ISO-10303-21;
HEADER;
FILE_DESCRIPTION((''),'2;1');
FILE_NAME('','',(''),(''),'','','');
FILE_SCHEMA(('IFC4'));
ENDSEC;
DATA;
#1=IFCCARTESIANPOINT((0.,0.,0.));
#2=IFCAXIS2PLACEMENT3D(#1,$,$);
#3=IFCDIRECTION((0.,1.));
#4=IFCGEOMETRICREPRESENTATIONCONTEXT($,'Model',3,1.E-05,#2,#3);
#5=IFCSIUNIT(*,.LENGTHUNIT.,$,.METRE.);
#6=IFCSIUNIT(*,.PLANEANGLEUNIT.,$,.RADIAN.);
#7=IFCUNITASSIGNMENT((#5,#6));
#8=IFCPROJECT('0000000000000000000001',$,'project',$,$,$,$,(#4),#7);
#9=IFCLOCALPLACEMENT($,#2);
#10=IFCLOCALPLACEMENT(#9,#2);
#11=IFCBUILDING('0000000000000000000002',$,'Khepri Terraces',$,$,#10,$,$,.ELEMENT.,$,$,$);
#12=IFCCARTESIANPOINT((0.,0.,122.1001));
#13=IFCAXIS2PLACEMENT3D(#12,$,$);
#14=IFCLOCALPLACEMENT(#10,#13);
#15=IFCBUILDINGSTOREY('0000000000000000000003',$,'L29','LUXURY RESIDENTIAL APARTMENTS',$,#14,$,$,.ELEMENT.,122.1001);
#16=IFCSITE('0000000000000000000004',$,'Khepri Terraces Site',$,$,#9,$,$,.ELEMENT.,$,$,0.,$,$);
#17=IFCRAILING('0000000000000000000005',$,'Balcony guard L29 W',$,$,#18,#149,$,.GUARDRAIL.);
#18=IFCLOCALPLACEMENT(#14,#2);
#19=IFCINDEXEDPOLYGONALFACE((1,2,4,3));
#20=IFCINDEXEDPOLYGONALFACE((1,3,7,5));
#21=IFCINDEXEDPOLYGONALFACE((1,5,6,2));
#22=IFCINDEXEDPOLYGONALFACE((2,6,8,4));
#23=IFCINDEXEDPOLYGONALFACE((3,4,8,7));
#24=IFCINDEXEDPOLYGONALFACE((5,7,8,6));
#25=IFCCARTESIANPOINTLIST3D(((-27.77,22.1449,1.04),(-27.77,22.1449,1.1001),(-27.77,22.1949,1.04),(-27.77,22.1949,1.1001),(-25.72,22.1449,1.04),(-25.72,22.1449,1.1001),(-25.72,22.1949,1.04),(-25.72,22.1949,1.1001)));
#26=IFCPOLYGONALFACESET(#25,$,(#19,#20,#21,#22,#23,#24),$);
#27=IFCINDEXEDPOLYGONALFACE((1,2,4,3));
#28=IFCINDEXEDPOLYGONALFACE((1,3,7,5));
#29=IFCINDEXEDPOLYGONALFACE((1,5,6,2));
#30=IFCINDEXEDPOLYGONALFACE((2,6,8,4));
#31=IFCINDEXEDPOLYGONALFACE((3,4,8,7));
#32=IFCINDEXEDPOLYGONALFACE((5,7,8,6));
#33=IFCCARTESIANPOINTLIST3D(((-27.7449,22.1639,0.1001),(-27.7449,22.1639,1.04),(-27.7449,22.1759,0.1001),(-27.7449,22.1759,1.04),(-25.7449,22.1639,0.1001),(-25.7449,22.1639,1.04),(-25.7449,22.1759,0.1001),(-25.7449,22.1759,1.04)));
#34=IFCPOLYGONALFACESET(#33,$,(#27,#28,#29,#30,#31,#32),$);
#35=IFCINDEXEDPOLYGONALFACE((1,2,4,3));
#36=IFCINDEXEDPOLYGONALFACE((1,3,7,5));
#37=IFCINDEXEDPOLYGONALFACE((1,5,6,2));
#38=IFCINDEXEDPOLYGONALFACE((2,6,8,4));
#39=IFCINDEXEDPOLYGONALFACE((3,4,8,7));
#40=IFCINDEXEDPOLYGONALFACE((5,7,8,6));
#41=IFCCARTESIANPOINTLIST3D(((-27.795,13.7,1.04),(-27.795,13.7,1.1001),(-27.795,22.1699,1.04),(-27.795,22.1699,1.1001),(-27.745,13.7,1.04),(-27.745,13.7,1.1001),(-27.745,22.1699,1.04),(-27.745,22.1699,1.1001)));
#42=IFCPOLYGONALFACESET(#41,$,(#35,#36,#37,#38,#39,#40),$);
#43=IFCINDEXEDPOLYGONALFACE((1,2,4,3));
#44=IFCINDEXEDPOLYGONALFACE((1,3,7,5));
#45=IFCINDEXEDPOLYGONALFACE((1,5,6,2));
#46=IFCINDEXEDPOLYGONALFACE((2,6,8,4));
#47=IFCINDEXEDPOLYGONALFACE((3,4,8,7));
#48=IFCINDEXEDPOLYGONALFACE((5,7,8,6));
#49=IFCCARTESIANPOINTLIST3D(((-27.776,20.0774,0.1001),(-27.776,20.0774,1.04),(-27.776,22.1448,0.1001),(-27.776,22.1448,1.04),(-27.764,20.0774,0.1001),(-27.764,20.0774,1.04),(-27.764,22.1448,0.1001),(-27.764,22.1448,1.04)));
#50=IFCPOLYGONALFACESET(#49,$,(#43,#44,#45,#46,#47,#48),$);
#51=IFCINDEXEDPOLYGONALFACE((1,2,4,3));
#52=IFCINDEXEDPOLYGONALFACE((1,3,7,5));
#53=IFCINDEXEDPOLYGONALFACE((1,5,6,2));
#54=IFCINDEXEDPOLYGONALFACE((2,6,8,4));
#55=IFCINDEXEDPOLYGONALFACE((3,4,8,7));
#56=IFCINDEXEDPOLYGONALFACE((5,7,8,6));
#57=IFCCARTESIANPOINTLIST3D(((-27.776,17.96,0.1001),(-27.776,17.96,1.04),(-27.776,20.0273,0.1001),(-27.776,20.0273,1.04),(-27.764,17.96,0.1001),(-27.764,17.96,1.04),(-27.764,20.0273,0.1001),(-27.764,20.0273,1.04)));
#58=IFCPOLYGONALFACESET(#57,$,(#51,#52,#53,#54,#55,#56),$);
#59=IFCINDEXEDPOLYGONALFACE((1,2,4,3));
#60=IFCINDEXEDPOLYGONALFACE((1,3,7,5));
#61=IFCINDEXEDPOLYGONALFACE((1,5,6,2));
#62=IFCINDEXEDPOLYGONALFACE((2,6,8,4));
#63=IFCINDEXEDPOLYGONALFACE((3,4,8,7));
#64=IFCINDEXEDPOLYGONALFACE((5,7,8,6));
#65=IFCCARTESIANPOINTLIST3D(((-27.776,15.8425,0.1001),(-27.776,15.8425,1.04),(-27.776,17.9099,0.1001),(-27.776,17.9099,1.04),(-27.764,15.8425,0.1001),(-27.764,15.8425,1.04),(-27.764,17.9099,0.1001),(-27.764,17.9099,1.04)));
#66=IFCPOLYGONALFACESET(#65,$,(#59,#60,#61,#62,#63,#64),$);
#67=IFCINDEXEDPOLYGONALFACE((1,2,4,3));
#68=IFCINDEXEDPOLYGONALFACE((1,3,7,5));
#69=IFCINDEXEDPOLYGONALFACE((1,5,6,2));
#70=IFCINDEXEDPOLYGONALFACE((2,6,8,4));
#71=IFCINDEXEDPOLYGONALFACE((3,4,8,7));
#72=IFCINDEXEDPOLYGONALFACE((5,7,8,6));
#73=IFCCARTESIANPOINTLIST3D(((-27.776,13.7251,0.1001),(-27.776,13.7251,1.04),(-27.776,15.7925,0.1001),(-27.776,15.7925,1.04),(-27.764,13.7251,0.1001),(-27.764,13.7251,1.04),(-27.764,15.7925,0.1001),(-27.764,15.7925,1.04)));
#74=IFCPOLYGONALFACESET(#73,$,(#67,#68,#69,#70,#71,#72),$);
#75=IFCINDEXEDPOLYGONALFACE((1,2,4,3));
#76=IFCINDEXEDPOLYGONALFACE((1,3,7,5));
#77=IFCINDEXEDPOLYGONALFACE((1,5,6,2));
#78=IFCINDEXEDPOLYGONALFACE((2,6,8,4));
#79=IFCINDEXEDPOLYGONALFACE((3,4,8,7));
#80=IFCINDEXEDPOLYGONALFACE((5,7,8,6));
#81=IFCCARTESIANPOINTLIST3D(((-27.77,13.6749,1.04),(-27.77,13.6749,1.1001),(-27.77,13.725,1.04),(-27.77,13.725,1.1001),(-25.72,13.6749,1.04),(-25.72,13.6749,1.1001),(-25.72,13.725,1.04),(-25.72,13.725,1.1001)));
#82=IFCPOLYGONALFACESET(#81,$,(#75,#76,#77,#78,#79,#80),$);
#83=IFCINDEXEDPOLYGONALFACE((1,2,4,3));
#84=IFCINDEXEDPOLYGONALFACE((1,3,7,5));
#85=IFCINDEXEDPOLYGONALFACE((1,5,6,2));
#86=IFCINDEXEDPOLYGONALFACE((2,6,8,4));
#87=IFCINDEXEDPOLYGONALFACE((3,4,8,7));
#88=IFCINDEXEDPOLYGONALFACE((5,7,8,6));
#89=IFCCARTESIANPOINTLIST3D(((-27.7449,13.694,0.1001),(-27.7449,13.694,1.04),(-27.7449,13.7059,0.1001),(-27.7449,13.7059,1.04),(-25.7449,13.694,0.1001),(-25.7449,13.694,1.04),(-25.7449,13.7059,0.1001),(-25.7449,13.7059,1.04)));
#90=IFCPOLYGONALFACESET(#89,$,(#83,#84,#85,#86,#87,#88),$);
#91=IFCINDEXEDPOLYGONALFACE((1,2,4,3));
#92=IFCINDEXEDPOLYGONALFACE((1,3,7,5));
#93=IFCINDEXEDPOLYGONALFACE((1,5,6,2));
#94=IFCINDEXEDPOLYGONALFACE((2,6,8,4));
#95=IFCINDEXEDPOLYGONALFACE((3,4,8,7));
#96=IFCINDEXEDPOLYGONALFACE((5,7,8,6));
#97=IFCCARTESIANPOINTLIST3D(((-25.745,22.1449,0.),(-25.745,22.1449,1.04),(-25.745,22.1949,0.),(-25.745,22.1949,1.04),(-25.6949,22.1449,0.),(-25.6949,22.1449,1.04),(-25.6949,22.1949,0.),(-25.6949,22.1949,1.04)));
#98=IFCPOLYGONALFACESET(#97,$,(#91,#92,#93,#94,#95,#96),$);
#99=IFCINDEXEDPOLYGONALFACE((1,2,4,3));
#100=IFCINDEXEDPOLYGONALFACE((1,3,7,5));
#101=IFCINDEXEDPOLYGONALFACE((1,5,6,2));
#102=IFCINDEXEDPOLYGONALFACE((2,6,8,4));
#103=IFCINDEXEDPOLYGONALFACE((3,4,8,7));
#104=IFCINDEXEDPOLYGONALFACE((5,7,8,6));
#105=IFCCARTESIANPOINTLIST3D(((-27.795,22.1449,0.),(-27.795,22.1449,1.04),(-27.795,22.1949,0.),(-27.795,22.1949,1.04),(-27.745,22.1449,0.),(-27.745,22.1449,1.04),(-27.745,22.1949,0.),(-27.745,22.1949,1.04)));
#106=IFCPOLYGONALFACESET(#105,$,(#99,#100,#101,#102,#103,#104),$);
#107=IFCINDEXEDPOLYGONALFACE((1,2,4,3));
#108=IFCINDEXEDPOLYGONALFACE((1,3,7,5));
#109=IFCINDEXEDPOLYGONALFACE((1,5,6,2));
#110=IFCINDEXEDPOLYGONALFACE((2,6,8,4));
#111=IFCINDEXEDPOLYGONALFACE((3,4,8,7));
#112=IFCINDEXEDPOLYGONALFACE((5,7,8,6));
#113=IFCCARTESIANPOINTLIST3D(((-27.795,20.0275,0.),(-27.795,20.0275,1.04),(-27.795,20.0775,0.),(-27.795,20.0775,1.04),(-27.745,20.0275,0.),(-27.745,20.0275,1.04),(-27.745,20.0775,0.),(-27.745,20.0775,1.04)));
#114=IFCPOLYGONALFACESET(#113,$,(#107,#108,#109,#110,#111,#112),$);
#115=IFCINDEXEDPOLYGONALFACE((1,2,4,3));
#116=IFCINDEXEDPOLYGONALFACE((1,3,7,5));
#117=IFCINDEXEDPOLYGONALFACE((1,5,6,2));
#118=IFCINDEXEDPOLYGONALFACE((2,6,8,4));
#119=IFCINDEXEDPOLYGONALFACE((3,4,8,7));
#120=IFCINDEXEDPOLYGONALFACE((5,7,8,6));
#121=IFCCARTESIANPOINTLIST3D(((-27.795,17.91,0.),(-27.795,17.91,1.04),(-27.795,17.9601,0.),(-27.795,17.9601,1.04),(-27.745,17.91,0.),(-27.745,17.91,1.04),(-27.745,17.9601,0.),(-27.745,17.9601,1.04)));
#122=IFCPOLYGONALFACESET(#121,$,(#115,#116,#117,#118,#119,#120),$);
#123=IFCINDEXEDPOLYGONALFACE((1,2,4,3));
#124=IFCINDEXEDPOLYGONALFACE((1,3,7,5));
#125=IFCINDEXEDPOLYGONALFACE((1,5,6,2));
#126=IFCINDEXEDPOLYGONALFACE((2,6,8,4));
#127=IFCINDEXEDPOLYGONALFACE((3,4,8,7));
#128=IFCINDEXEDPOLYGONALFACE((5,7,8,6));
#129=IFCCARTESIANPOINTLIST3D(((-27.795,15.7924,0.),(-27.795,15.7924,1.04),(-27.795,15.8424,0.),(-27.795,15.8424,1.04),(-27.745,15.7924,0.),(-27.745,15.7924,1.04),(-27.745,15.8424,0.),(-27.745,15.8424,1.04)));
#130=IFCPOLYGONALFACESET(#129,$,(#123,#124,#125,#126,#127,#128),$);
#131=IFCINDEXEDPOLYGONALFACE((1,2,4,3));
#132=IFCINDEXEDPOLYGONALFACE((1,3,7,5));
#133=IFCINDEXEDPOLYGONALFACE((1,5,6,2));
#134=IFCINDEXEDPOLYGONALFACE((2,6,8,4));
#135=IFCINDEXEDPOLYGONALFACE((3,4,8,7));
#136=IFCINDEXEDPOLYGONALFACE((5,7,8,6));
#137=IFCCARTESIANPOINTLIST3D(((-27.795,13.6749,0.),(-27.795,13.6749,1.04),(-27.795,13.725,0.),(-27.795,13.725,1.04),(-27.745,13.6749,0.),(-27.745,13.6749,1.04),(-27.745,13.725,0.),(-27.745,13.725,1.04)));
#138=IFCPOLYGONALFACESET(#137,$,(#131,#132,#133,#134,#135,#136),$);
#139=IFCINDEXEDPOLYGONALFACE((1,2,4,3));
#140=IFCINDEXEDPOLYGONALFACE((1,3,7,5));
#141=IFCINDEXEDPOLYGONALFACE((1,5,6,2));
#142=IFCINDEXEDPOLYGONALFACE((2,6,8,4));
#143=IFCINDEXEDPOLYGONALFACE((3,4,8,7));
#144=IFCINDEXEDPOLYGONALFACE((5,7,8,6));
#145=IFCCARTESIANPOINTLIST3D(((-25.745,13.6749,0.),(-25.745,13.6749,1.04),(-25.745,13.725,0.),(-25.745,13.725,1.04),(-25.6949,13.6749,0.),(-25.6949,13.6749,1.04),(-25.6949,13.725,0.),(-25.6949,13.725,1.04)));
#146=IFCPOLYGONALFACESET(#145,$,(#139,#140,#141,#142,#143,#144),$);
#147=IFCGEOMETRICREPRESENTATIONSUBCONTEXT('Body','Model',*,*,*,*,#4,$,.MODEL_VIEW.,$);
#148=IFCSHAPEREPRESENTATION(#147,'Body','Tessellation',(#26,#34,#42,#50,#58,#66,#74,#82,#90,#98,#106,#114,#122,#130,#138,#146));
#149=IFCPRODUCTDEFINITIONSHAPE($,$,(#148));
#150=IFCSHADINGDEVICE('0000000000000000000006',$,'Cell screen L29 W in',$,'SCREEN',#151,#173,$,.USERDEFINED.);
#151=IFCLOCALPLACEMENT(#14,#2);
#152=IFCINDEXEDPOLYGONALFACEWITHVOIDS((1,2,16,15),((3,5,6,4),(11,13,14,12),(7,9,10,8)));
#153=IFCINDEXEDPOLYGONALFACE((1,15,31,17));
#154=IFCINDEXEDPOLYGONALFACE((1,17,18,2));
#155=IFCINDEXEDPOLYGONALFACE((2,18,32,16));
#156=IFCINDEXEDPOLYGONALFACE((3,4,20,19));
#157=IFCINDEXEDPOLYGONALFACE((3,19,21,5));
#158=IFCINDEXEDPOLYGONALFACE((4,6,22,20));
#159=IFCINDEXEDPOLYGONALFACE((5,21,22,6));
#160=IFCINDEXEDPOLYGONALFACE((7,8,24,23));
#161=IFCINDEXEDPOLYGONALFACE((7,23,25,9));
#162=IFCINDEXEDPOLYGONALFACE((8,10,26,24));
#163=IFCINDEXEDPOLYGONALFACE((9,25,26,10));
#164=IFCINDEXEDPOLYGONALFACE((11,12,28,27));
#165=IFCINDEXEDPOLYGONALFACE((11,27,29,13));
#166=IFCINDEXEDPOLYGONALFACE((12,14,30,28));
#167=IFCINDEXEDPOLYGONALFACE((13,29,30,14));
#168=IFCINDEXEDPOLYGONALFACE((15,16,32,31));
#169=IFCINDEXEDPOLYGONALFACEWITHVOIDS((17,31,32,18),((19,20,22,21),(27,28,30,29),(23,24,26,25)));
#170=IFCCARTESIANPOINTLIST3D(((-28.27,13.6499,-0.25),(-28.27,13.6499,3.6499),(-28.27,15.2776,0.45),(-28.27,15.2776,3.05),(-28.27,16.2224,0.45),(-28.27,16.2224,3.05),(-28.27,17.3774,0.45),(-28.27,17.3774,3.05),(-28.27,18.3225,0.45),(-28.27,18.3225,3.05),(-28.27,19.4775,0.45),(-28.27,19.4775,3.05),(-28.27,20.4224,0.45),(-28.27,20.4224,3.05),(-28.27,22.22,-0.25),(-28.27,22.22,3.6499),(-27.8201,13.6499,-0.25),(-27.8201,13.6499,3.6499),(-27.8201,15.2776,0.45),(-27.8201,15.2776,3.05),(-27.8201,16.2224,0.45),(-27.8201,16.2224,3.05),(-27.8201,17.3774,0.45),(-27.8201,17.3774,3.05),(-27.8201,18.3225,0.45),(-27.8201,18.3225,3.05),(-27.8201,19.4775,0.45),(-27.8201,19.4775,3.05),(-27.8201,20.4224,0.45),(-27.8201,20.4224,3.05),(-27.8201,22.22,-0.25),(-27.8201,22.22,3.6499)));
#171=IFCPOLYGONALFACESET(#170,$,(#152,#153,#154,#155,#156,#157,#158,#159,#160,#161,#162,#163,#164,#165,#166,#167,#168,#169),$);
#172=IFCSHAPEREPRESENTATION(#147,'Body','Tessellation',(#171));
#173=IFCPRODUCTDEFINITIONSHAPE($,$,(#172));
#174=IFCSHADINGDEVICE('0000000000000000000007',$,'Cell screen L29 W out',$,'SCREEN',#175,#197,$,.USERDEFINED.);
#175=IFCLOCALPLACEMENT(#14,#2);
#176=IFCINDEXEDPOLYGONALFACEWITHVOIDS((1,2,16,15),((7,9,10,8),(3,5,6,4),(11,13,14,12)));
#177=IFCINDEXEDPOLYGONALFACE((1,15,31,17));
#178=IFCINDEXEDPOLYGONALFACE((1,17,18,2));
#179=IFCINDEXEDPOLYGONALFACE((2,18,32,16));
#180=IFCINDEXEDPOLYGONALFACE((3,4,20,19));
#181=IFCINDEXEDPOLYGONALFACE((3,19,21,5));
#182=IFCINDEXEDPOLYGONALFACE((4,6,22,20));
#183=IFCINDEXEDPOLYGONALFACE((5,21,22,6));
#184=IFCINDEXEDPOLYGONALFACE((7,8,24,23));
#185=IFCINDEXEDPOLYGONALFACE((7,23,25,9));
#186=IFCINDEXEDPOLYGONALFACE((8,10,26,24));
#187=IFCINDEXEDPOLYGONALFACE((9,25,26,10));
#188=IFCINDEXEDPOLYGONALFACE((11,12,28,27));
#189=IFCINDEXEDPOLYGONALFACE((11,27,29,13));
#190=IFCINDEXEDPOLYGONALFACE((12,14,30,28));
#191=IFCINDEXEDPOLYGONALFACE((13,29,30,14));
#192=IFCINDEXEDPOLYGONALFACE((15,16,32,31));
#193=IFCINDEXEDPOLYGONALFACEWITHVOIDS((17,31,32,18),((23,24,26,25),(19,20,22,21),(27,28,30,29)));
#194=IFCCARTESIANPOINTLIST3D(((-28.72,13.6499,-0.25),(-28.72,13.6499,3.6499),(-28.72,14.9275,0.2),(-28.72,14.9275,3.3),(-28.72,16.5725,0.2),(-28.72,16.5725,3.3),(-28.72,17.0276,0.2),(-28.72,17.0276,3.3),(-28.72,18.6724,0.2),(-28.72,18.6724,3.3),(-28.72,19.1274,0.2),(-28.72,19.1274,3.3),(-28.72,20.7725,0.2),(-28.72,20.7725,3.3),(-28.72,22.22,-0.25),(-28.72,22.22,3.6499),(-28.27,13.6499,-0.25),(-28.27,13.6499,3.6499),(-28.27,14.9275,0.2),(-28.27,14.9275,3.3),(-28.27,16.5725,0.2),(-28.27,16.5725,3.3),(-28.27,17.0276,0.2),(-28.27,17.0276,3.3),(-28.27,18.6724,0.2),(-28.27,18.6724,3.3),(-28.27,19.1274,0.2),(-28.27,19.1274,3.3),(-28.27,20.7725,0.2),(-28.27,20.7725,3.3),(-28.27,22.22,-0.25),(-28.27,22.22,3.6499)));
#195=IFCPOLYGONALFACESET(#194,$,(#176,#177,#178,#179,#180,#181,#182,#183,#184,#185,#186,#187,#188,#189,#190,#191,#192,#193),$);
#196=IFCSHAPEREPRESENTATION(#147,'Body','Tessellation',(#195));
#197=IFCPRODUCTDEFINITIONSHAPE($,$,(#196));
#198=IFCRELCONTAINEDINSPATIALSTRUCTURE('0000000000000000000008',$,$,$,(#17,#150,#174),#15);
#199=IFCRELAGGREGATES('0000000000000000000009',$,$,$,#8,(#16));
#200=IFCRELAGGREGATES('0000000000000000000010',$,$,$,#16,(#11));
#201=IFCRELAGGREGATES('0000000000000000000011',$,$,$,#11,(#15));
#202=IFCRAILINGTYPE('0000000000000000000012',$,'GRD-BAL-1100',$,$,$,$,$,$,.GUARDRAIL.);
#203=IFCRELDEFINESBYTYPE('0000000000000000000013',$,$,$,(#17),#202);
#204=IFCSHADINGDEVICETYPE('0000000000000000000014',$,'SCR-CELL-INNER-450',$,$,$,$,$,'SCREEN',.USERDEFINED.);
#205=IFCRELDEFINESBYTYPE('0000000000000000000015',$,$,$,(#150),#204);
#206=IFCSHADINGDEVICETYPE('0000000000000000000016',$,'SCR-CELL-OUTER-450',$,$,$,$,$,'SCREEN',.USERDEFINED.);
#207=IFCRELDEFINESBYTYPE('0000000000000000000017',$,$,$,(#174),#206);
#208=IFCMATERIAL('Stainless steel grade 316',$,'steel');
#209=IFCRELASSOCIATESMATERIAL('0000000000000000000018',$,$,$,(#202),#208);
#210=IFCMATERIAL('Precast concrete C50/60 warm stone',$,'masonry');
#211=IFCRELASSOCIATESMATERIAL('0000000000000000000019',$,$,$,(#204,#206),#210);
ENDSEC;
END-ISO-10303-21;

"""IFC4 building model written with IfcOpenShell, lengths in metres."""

from ifc_helpers import new_model, si_unit, direction, frame, origin, origin_2d, place, context, subcontext, project, spatial, polyline, rectangle, outline, extrude, material, type_object, element, save


model = new_model("IFC4")

# Units and contexts
model_context = context("Model", 3, precision=1e-05, world=origin(), true_north=direction((0.0, 1.0)))
body_context = subcontext(model_context, "Body", "Model", "MODEL_VIEW")
ifc_project = project(units=[si_unit("LENGTHUNIT", "METRE"), si_unit("PLANEANGLEUNIT", "RADIAN")], contexts=[model_context])

# Site, building, storey
site_placement = place(None, origin())
site = spatial("IfcSite", under=ifc_project, at=site_placement, Name="Khepri Terraces Site", CompositionType="ELEMENT", RefElevation=0.0)
building_placement = place(site_placement, origin())
building = spatial("IfcBuilding", under=site, at=building_placement, Name="Khepri Terraces", CompositionType="ELEMENT")
storey_placement = place(building_placement, frame((0.0, 0.0, 122.1001)))
storey = spatial("IfcBuildingStorey", under=building, at=storey_placement, Name="L29", Description="LUXURY RESIDENTIAL APARTMENTS", CompositionType="ELEMENT", Elevation=122.1001)

# Shared definitions
ifc_material_1 = material(Name="Precast concrete C50/60 warm stone", Category="masonry")

# Railing
ifc_material_2 = material(Name="Stainless steel grade 316", Category="steel")
railing_type = type_object("IfcRailingType", Name="GRD-BAL-1100", PredefinedType="GUARDRAIL", material=ifc_material_2)
railing_placement = place(storey_placement, frame((-25.72, 22.1699, 0.0)))
element("IfcRailing", 1, at=railing_placement, inside=storey, type_object=railing_type, Name="Balcony guard L29 W", PredefinedType="GUARDRAIL", context=body_context, shape_type="SweptSolid", body=[
    extrude(rectangle(XDim=0.05, YDim=0.0601, at=origin_2d()), frame((0.0, 0.0, 1.0701), z_axis=(-1.0, 0.0, 0.0), x_axis=(0.0, -1.0, 0.0)), (0.0, 0.0, 1.0), 2.05),
    extrude(rectangle(XDim=2.0, YDim=0.012, at=origin_2d()), frame((-1.0249, 0.0, 0.1001), z_axis=(0.0, 0.0, 1.0), x_axis=(-1.0, 0.0, 0.0)), (0.0, 0.0, 1.0), 0.9399),
    extrude(rectangle(XDim=0.05, YDim=0.0601, at=origin_2d()), frame((-2.05, 0.0, 1.0701), z_axis=(0.0, -1.0, 0.0), x_axis=(1.0, 0.0, 0.0)), (0.0, 0.0, 1.0), 8.47),
    extrude(rectangle(XDim=2.0674, YDim=0.012, at=origin_2d()), frame((-2.05, -1.0588, 0.1001), z_axis=(0.0, 0.0, 1.0), x_axis=(0.0, -1.0, 0.0)), (0.0, 0.0, 1.0), 0.9399),
    extrude(rectangle(XDim=2.0674, YDim=0.012, at=origin_2d()), frame((-2.05, -3.1763, 0.1001), z_axis=(0.0, 0.0, 1.0), x_axis=(0.0, -1.0, 0.0)), (0.0, 0.0, 1.0), 0.9399),
    extrude(rectangle(XDim=2.0674, YDim=0.012, at=origin_2d()), frame((-2.05, -5.2937, 0.1001), z_axis=(0.0, 0.0, 1.0), x_axis=(0.0, -1.0, 0.0)), (0.0, 0.0, 1.0), 0.9399),
    extrude(rectangle(XDim=2.0674, YDim=0.012, at=origin_2d()), frame((-2.05, -7.4111, 0.1001), z_axis=(0.0, 0.0, 1.0), x_axis=(0.0, -1.0, 0.0)), (0.0, 0.0, 1.0), 0.9399),
    extrude(rectangle(XDim=0.05, YDim=0.0601, at=origin_2d()), frame((-2.05, -8.47, 1.0701), z_axis=(1.0, 0.0, 0.0), x_axis=(0.0, 1.0, 0.0)), (0.0, 0.0, 1.0), 2.05),
    extrude(rectangle(XDim=2.0, YDim=0.012, at=origin_2d()), frame((-1.0249, -8.47, 0.1001), z_axis=(0.0, 0.0, 1.0), x_axis=(1.0, 0.0, 0.0)), (0.0, 0.0, 1.0), 0.9399),
    extrude(rectangle(XDim=0.05, YDim=0.05, at=origin_2d()), origin(), (0.0, 0.0, 1.0), 1.04),
    extrude(rectangle(XDim=0.05, YDim=0.05, at=origin_2d()), frame((-2.05, 0.0, 0.0)), (0.0, 0.0, 1.0), 1.04),
    extrude(rectangle(XDim=0.05, YDim=0.05, at=origin_2d()), frame((-2.05, -2.1174, 0.0)), (0.0, 0.0, 1.0), 1.04),
    extrude(rectangle(XDim=0.05, YDim=0.05, at=origin_2d()), frame((-2.05, -4.2349, 0.0)), (0.0, 0.0, 1.0), 1.04),
    extrude(rectangle(XDim=0.05, YDim=0.05, at=origin_2d()), frame((-2.05, -6.3525, 0.0)), (0.0, 0.0, 1.0), 1.04),
    extrude(rectangle(XDim=0.05, YDim=0.05, at=origin_2d()), frame((-2.05, -8.47, 0.0)), (0.0, 0.0, 1.0), 1.04),
    extrude(rectangle(XDim=0.05, YDim=0.05, at=origin_2d()), frame((0.0, -8.47, 0.0)), (0.0, 0.0, 1.0), 1.04),
])

# Shading devices
shading_device_type_1 = type_object("IfcShadingDeviceType", Name="SCR-CELL-INNER-450", ElementType="SCREEN", PredefinedType="USERDEFINED", material=ifc_material_1)
shading_device_1_placement = place(storey_placement, frame((-27.8201, 22.22, -0.25), z_axis=(-1.0, 0.0, 0.0), x_axis=(0.0, -1.0, 0.0)))
element("IfcShadingDevice", 2, at=shading_device_1_placement, inside=storey, type_object=shading_device_type_1, Name="Cell screen L29 W in", ObjectType="SCREEN", PredefinedType="USERDEFINED", context=body_context, shape_type="SweptSolid", body=[
    extrude(outline(polyline([(0.0, 0.0), (8.5701, 0.0), (8.5701, 3.8999), (0.0, 3.8999), (0.0, 0.0)]), holes=[polyline([(1.7976, 0.7), (2.7424, 0.7), (2.7424, 3.3), (1.7976, 3.3), (1.7976, 0.7)]), polyline([(3.8975, 0.7), (4.8425, 0.7), (4.8425, 3.3), (3.8975, 3.3), (3.8975, 0.7)]), polyline([(5.9976, 0.7), (6.9424, 0.7), (6.9424, 3.3), (5.9976, 3.3), (5.9976, 0.7)])]), origin(), (0.0, 0.0, 1.0), 0.45),
])
shading_device_type_2 = type_object("IfcShadingDeviceType", Name="SCR-CELL-OUTER-450", ElementType="SCREEN", PredefinedType="USERDEFINED", material=ifc_material_1)
shading_device_2_placement = place(storey_placement, frame((-28.27, 22.22, -0.25), z_axis=(-1.0, 0.0, 0.0), x_axis=(0.0, -1.0, 0.0)))
element("IfcShadingDevice", 3, at=shading_device_2_placement, inside=storey, type_object=shading_device_type_2, Name="Cell screen L29 W out", ObjectType="SCREEN", PredefinedType="USERDEFINED", context=body_context, shape_type="SweptSolid", body=[
    extrude(outline(polyline([(0.0, 0.0), (8.5701, 0.0), (8.5701, 3.8999), (0.0, 3.8999), (0.0, 0.0)]), holes=[polyline([(1.4475, 0.45), (3.0925, 0.45), (3.0925, 3.55), (1.4475, 3.55), (1.4475, 0.45)]), polyline([(3.5476, 0.45), (5.1924, 0.45), (5.1924, 3.55), (3.5476, 3.55), (3.5476, 0.45)]), polyline([(5.6475, 0.45), (7.2925, 0.45), (7.2925, 3.55), (5.6475, 3.55), (5.6475, 0.45)])]), origin(), (0.0, 0.0, 1.0), 0.45),
])

save(model, "model.ifc")
